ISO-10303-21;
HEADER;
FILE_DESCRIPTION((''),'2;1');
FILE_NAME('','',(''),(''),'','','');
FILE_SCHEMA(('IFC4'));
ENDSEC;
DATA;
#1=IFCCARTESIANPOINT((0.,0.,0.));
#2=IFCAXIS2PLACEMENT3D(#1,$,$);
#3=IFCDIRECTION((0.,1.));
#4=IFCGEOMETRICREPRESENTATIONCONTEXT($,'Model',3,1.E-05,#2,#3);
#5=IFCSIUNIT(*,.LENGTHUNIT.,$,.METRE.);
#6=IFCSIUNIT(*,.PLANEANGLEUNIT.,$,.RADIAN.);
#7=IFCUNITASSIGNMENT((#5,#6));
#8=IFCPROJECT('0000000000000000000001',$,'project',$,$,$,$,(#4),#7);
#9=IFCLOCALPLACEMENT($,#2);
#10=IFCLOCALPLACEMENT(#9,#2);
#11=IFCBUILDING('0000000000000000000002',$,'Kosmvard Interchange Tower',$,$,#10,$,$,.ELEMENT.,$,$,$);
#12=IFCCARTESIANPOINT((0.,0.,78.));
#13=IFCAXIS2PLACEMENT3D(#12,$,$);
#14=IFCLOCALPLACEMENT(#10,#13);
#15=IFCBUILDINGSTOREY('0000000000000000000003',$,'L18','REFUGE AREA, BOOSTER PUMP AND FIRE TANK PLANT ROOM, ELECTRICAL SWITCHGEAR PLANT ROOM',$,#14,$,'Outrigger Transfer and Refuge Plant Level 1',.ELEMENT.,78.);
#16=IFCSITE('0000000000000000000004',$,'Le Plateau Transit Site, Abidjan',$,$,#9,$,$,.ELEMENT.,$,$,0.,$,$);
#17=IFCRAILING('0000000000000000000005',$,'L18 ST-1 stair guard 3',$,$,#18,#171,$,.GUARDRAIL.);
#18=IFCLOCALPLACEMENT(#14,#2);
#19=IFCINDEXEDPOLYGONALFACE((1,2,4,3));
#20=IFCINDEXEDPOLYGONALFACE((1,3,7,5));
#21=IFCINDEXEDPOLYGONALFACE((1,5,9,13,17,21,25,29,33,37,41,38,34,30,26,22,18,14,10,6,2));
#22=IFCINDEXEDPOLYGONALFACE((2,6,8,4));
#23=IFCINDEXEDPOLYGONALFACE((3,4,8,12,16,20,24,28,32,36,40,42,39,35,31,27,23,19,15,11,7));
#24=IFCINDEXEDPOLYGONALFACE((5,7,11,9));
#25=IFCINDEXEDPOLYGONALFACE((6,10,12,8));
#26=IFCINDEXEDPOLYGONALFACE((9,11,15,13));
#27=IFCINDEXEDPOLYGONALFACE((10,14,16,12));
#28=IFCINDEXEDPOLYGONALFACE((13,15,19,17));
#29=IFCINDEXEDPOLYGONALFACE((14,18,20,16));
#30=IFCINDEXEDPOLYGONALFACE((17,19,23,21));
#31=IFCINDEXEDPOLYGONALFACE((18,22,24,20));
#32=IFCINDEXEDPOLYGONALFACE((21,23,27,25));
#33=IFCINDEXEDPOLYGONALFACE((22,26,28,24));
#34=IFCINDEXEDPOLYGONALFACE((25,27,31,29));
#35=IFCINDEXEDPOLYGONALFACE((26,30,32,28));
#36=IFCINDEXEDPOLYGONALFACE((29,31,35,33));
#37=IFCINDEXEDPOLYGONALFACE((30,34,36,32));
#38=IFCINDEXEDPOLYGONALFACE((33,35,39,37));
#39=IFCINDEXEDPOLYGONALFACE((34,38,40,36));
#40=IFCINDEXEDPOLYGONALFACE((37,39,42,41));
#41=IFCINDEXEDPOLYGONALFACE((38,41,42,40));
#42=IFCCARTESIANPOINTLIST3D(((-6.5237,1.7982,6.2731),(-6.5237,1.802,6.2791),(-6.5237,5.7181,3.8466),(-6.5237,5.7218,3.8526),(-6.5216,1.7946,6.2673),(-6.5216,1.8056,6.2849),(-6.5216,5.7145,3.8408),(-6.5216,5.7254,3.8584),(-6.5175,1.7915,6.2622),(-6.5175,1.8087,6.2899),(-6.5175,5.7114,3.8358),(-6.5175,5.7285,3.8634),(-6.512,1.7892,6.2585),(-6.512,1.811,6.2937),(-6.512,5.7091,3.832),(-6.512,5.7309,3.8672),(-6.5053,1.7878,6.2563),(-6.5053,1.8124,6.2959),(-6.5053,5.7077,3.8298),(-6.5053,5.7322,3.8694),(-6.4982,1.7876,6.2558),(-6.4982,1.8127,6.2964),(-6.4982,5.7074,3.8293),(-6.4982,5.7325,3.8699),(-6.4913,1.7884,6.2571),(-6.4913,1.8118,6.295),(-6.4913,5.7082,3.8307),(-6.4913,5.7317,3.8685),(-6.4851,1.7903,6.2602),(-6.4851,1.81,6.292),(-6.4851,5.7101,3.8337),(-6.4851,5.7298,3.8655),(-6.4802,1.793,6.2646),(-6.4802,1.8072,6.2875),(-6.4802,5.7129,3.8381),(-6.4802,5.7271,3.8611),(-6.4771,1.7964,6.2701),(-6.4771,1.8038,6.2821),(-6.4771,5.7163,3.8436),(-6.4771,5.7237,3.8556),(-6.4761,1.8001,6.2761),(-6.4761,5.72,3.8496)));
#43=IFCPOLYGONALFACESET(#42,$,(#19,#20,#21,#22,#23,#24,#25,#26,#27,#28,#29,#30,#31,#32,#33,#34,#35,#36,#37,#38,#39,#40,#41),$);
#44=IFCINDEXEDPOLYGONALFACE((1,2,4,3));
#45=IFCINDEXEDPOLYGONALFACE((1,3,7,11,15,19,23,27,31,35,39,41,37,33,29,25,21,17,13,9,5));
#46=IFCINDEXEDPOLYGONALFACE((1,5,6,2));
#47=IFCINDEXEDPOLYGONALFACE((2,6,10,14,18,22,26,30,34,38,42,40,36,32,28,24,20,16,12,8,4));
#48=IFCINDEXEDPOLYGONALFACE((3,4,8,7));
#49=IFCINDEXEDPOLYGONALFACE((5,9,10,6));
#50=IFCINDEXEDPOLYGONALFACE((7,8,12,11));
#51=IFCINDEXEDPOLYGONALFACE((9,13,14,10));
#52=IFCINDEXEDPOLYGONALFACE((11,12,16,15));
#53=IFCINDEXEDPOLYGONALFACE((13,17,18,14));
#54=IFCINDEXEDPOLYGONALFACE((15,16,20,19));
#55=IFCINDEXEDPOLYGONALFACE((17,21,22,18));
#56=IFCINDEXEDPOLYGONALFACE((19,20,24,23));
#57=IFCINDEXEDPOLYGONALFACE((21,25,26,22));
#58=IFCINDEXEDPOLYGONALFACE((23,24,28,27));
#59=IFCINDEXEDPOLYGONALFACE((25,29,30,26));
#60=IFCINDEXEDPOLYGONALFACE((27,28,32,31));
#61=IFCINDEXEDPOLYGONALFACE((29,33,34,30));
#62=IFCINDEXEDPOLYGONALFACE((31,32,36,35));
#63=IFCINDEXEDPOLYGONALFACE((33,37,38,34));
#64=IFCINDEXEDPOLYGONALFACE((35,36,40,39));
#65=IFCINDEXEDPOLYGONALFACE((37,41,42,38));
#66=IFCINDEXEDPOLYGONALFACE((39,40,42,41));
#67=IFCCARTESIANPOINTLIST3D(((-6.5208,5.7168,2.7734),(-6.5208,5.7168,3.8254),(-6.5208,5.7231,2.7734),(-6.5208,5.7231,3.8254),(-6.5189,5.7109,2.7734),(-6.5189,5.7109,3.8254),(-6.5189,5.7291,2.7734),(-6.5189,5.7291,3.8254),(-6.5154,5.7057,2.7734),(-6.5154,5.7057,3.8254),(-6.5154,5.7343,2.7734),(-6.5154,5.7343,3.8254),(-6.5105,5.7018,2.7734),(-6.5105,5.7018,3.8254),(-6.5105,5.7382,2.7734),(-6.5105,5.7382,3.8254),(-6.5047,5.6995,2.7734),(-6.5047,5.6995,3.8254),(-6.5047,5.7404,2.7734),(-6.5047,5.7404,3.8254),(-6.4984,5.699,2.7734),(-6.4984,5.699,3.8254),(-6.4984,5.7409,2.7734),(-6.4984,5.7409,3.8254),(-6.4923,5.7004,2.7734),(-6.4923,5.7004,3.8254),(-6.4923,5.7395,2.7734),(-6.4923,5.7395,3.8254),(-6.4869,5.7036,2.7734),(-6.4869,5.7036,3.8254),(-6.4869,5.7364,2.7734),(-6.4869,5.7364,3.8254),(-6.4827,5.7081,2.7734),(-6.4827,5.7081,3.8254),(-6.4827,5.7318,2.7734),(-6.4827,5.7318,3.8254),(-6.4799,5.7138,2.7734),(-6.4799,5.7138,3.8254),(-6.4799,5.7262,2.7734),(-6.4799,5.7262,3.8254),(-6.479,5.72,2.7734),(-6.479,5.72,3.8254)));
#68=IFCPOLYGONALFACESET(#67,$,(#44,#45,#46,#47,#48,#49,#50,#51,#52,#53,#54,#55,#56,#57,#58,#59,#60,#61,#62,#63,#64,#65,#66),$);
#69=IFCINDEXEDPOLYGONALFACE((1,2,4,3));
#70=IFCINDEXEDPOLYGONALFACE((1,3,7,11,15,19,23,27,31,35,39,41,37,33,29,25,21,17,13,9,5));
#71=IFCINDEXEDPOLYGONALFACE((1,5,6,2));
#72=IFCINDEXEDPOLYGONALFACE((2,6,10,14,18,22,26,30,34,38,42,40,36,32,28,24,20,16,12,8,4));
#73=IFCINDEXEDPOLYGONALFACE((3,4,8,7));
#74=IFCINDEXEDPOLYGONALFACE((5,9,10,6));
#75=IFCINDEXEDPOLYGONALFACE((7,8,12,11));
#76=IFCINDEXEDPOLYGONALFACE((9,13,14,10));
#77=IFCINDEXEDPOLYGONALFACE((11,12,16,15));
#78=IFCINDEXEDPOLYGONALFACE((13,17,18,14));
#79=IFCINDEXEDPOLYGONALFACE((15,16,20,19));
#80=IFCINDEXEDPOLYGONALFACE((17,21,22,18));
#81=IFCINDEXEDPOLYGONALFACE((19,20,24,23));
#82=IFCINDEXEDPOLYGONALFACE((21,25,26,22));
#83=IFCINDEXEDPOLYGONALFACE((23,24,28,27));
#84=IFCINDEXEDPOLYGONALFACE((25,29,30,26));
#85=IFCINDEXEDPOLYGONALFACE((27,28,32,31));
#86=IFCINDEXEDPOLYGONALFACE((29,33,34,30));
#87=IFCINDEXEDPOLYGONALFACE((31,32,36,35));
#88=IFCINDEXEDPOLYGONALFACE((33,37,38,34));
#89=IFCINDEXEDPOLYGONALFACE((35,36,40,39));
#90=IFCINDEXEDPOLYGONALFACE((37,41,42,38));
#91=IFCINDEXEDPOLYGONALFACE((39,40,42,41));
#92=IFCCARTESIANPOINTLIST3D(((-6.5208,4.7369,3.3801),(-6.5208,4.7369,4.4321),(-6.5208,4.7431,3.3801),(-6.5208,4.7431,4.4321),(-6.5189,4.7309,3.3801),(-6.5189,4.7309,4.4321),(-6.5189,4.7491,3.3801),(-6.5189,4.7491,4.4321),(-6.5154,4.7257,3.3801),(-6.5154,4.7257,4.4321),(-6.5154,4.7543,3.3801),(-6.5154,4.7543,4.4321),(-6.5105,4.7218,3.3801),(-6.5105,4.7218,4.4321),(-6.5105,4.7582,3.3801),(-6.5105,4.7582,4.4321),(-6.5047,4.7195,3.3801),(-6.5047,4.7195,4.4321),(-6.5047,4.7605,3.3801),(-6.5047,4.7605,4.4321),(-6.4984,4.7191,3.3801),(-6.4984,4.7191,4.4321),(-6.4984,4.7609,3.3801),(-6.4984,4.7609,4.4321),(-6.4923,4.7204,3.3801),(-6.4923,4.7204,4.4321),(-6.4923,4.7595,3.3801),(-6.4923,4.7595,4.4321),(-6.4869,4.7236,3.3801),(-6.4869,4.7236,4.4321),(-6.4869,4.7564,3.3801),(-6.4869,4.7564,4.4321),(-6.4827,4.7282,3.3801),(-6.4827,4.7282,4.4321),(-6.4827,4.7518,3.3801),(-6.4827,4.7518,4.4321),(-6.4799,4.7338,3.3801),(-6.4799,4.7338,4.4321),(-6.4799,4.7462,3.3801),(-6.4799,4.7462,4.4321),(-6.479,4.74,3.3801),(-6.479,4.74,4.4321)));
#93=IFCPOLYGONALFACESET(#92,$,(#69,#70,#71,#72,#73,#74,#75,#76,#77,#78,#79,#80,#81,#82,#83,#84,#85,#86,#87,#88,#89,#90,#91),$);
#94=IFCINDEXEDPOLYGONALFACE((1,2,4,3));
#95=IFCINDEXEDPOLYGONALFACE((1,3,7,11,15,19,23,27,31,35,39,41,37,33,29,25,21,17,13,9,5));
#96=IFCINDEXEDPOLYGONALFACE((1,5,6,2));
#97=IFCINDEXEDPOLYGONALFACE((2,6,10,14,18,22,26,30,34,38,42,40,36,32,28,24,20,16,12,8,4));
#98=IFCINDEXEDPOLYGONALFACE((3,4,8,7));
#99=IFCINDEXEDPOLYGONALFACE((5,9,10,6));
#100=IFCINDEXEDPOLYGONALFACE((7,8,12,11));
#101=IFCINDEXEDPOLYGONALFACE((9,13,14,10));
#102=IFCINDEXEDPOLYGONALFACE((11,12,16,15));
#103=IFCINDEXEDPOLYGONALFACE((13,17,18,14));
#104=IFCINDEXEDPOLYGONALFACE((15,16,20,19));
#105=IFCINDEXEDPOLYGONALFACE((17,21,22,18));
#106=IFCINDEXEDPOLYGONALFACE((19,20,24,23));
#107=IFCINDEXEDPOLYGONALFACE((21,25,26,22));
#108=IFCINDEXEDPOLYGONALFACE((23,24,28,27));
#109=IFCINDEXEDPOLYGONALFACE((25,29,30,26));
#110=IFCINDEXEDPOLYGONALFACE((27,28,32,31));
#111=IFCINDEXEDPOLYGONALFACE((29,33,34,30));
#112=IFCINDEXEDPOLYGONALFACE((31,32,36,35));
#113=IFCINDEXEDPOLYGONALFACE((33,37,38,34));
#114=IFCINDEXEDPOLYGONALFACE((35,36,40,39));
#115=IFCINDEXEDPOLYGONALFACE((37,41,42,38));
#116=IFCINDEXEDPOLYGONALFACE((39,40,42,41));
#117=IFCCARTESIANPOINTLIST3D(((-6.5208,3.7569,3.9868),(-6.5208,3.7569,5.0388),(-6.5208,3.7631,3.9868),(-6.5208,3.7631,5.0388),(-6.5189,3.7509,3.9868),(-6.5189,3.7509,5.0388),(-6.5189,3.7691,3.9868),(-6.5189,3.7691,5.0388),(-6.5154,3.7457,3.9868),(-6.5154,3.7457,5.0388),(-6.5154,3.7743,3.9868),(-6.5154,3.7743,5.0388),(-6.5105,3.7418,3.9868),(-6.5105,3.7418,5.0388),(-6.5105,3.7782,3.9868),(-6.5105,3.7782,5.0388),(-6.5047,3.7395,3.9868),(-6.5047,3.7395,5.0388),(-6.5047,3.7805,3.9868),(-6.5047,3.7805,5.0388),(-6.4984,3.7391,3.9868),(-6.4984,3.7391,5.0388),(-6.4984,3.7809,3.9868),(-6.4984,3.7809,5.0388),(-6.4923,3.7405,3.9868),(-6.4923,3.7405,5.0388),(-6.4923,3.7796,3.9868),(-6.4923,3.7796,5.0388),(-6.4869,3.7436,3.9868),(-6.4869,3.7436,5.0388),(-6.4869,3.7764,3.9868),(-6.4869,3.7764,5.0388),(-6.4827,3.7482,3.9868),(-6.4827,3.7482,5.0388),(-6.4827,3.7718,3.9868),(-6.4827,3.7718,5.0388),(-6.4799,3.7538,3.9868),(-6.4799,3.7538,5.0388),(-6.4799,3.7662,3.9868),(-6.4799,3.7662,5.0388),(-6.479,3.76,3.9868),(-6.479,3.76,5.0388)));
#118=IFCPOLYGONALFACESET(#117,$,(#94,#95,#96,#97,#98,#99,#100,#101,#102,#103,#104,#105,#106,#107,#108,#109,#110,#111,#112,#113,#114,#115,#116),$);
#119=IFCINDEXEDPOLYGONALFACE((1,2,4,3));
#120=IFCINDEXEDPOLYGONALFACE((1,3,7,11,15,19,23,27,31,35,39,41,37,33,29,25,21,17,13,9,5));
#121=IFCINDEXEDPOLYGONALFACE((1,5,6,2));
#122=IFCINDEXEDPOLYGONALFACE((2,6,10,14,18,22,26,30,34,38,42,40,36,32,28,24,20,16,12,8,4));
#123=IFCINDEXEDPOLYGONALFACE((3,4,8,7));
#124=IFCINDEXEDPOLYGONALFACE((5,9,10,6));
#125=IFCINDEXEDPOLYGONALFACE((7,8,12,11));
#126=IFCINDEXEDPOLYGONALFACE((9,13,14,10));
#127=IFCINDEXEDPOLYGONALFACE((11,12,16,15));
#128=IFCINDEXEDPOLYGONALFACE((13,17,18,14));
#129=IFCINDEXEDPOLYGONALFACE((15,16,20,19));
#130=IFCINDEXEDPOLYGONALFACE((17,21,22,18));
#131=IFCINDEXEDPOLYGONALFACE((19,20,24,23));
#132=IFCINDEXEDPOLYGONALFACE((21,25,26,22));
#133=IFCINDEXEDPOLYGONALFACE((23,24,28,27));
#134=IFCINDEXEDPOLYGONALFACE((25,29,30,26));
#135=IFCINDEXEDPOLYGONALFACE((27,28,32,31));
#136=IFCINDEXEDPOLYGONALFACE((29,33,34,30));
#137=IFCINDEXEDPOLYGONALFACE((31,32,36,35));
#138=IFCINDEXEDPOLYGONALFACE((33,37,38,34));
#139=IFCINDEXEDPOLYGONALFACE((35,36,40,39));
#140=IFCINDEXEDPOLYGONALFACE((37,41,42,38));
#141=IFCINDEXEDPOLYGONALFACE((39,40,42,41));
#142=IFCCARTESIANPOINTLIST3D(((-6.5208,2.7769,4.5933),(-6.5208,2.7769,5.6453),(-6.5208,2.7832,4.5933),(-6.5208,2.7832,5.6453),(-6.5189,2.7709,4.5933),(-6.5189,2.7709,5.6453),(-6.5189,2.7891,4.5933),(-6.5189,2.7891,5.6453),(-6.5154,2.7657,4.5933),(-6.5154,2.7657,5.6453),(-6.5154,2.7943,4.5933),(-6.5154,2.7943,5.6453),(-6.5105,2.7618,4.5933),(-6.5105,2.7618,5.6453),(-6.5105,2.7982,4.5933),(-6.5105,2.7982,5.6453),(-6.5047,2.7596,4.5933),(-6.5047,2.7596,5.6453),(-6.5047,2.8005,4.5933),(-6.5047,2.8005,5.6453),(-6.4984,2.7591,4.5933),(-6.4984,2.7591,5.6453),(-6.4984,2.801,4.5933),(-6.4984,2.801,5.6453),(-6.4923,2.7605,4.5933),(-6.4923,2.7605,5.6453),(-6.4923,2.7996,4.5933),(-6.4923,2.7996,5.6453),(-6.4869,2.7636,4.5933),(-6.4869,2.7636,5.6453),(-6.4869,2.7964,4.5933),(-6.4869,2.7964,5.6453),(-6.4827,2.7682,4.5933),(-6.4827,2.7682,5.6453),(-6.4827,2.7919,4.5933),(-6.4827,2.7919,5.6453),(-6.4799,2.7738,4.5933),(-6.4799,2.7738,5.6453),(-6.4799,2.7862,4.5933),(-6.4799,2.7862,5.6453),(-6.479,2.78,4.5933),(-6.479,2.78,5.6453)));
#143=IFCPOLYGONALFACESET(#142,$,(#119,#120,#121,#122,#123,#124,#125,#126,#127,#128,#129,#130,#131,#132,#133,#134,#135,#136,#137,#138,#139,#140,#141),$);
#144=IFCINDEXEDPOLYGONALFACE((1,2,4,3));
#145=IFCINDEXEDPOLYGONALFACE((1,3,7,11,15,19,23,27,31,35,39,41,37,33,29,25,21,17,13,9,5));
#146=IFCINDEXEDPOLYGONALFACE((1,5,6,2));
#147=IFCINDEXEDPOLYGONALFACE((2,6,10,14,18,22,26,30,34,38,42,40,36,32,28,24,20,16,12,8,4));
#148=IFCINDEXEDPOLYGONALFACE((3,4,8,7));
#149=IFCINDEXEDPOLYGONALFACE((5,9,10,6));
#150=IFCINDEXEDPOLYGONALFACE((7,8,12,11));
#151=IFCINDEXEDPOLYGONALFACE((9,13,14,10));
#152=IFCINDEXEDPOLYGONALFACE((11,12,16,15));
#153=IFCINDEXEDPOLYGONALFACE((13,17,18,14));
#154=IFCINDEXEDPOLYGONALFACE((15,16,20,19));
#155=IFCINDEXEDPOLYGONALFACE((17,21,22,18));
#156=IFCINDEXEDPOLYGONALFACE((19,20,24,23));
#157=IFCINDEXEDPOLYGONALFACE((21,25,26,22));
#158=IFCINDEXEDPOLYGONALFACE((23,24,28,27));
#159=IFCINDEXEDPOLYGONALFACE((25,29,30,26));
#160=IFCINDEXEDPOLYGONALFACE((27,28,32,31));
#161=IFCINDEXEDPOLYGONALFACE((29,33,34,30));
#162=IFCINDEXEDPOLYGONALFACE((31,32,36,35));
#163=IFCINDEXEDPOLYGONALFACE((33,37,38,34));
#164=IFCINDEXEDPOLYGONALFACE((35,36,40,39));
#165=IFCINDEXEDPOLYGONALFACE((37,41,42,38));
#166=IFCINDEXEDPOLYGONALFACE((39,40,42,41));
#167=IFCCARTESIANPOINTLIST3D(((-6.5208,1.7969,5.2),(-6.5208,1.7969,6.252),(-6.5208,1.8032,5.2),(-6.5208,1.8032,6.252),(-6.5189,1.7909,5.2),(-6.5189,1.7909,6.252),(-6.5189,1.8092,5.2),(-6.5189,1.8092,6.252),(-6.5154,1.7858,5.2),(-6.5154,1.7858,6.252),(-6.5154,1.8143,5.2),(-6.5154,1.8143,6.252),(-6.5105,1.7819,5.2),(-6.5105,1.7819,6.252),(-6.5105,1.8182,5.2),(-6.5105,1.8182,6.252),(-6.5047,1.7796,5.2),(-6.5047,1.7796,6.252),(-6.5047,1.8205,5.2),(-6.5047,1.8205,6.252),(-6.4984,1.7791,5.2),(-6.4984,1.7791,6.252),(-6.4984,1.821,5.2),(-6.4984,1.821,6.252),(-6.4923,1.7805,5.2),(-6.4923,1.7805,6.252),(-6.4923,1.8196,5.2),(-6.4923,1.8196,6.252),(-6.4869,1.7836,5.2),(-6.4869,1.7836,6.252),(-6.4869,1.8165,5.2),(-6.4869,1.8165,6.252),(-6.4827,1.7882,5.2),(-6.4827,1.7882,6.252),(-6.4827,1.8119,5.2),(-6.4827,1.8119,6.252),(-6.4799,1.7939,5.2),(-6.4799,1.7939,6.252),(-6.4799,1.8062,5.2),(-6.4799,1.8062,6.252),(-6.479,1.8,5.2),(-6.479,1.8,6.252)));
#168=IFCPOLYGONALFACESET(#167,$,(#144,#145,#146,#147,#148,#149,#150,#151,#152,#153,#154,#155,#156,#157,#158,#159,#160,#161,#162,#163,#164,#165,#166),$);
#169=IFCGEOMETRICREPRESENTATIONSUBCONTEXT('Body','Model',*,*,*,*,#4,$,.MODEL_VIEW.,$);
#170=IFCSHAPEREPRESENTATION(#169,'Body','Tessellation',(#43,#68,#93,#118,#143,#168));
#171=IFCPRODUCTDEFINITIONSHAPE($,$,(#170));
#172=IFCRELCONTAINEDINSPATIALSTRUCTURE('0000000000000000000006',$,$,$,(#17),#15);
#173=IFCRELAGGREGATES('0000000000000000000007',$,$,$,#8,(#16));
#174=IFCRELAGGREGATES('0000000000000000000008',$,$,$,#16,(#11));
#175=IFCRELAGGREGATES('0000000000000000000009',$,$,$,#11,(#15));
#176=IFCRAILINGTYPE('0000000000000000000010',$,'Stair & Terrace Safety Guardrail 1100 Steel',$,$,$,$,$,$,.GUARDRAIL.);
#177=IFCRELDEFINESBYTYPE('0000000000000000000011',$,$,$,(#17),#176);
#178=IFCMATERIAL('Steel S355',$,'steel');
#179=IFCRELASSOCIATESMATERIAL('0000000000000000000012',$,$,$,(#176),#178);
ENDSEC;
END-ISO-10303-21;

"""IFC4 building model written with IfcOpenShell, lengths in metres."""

from ifc_helpers import new_model, si_unit, direction, frame, origin, origin_2d, place, context, subcontext, project, spatial, circle, extrude, source, transform, mapped, material, type_object, element, save


model = new_model("IFC4")

# Units and contexts
model_context = context("Model", 3, precision=1e-05, world=origin(), true_north=direction((0.0, 1.0)))
body_context = subcontext(model_context, "Body", "Model", "MODEL_VIEW")
ifc_project = project(units=[si_unit("LENGTHUNIT", "METRE"), si_unit("PLANEANGLEUNIT", "RADIAN")], contexts=[model_context])

# Site, building, storey
site_placement = place(None, origin())
site = spatial("IfcSite", under=ifc_project, at=site_placement, Name="Le Plateau Transit Site, Abidjan", CompositionType="ELEMENT", RefElevation=0.0)
building_placement = place(site_placement, origin())
building = spatial("IfcBuilding", under=site, at=building_placement, Name="Kosmvard Interchange Tower", CompositionType="ELEMENT")
storey_placement = place(building_placement, frame((0.0, 0.0, 78.0)))
storey = spatial("IfcBuildingStorey", under=building, at=storey_placement, Name="L18", Description="REFUGE AREA, BOOSTER PUMP AND FIRE TANK PLANT ROOM, ELECTRICAL SWITCHGEAR PLANT ROOM", LongName="Outrigger Transfer and Refuge Plant Level 1", CompositionType="ELEMENT", Elevation=78.0)

# Railing
ifc_material_1 = material(Name="Steel S355", Category="steel")
railing_type_1 = type_object("IfcRailingType", Name="Stair & Terrace Safety Guardrail 1100 Steel", PredefinedType="GUARDRAIL", material=ifc_material_1)
shared_shape_1 = source(origin(), body_context, "Body", "SweptSolid", [
    extrude(circle(Radius=0.0239, at=origin_2d()), frame((0.0, 0.0, 1.0762), z_axis=(0.0, -0.850275, 0.526338), x_axis=(1.0, 0.0, 0.0)), (0.0, 0.0, 1.0), 4.6101),
    extrude(circle(Radius=0.021, at=origin_2d()), origin(), (0.0, 0.0, 1.0), 1.052),
    extrude(circle(Radius=0.021, at=origin_2d()), frame((0.0, -0.98, 0.6067)), (0.0, 0.0, 1.0), 1.052),
    extrude(circle(Radius=0.021, at=origin_2d()), frame((0.0, -1.96, 1.2134)), (0.0, 0.0, 1.0), 1.052),
    extrude(circle(Radius=0.021, at=origin_2d()), frame((0.0, -2.9399, 1.8198)), (0.0, 0.0, 1.0), 1.052),
    extrude(circle(Radius=0.021, at=origin_2d()), frame((0.0, -3.9199, 2.4265)), (0.0, 0.0, 1.0), 1.052),
])
railing_1_placement = place(storey_placement, frame((-6.5, 5.72, 2.7734)))
element("IfcRailing", 1, at=railing_1_placement, inside=storey, type_object=railing_type_1, Name="L18 ST-1 stair guard 3", PredefinedType="GUARDRAIL", context=body_context, shape_type="MappedRepresentation", body=[
    mapped(shared_shape_1, transform((0.0, 0.0, 0.0), scale=1.0)),
])

save(model, "model.ifc")
